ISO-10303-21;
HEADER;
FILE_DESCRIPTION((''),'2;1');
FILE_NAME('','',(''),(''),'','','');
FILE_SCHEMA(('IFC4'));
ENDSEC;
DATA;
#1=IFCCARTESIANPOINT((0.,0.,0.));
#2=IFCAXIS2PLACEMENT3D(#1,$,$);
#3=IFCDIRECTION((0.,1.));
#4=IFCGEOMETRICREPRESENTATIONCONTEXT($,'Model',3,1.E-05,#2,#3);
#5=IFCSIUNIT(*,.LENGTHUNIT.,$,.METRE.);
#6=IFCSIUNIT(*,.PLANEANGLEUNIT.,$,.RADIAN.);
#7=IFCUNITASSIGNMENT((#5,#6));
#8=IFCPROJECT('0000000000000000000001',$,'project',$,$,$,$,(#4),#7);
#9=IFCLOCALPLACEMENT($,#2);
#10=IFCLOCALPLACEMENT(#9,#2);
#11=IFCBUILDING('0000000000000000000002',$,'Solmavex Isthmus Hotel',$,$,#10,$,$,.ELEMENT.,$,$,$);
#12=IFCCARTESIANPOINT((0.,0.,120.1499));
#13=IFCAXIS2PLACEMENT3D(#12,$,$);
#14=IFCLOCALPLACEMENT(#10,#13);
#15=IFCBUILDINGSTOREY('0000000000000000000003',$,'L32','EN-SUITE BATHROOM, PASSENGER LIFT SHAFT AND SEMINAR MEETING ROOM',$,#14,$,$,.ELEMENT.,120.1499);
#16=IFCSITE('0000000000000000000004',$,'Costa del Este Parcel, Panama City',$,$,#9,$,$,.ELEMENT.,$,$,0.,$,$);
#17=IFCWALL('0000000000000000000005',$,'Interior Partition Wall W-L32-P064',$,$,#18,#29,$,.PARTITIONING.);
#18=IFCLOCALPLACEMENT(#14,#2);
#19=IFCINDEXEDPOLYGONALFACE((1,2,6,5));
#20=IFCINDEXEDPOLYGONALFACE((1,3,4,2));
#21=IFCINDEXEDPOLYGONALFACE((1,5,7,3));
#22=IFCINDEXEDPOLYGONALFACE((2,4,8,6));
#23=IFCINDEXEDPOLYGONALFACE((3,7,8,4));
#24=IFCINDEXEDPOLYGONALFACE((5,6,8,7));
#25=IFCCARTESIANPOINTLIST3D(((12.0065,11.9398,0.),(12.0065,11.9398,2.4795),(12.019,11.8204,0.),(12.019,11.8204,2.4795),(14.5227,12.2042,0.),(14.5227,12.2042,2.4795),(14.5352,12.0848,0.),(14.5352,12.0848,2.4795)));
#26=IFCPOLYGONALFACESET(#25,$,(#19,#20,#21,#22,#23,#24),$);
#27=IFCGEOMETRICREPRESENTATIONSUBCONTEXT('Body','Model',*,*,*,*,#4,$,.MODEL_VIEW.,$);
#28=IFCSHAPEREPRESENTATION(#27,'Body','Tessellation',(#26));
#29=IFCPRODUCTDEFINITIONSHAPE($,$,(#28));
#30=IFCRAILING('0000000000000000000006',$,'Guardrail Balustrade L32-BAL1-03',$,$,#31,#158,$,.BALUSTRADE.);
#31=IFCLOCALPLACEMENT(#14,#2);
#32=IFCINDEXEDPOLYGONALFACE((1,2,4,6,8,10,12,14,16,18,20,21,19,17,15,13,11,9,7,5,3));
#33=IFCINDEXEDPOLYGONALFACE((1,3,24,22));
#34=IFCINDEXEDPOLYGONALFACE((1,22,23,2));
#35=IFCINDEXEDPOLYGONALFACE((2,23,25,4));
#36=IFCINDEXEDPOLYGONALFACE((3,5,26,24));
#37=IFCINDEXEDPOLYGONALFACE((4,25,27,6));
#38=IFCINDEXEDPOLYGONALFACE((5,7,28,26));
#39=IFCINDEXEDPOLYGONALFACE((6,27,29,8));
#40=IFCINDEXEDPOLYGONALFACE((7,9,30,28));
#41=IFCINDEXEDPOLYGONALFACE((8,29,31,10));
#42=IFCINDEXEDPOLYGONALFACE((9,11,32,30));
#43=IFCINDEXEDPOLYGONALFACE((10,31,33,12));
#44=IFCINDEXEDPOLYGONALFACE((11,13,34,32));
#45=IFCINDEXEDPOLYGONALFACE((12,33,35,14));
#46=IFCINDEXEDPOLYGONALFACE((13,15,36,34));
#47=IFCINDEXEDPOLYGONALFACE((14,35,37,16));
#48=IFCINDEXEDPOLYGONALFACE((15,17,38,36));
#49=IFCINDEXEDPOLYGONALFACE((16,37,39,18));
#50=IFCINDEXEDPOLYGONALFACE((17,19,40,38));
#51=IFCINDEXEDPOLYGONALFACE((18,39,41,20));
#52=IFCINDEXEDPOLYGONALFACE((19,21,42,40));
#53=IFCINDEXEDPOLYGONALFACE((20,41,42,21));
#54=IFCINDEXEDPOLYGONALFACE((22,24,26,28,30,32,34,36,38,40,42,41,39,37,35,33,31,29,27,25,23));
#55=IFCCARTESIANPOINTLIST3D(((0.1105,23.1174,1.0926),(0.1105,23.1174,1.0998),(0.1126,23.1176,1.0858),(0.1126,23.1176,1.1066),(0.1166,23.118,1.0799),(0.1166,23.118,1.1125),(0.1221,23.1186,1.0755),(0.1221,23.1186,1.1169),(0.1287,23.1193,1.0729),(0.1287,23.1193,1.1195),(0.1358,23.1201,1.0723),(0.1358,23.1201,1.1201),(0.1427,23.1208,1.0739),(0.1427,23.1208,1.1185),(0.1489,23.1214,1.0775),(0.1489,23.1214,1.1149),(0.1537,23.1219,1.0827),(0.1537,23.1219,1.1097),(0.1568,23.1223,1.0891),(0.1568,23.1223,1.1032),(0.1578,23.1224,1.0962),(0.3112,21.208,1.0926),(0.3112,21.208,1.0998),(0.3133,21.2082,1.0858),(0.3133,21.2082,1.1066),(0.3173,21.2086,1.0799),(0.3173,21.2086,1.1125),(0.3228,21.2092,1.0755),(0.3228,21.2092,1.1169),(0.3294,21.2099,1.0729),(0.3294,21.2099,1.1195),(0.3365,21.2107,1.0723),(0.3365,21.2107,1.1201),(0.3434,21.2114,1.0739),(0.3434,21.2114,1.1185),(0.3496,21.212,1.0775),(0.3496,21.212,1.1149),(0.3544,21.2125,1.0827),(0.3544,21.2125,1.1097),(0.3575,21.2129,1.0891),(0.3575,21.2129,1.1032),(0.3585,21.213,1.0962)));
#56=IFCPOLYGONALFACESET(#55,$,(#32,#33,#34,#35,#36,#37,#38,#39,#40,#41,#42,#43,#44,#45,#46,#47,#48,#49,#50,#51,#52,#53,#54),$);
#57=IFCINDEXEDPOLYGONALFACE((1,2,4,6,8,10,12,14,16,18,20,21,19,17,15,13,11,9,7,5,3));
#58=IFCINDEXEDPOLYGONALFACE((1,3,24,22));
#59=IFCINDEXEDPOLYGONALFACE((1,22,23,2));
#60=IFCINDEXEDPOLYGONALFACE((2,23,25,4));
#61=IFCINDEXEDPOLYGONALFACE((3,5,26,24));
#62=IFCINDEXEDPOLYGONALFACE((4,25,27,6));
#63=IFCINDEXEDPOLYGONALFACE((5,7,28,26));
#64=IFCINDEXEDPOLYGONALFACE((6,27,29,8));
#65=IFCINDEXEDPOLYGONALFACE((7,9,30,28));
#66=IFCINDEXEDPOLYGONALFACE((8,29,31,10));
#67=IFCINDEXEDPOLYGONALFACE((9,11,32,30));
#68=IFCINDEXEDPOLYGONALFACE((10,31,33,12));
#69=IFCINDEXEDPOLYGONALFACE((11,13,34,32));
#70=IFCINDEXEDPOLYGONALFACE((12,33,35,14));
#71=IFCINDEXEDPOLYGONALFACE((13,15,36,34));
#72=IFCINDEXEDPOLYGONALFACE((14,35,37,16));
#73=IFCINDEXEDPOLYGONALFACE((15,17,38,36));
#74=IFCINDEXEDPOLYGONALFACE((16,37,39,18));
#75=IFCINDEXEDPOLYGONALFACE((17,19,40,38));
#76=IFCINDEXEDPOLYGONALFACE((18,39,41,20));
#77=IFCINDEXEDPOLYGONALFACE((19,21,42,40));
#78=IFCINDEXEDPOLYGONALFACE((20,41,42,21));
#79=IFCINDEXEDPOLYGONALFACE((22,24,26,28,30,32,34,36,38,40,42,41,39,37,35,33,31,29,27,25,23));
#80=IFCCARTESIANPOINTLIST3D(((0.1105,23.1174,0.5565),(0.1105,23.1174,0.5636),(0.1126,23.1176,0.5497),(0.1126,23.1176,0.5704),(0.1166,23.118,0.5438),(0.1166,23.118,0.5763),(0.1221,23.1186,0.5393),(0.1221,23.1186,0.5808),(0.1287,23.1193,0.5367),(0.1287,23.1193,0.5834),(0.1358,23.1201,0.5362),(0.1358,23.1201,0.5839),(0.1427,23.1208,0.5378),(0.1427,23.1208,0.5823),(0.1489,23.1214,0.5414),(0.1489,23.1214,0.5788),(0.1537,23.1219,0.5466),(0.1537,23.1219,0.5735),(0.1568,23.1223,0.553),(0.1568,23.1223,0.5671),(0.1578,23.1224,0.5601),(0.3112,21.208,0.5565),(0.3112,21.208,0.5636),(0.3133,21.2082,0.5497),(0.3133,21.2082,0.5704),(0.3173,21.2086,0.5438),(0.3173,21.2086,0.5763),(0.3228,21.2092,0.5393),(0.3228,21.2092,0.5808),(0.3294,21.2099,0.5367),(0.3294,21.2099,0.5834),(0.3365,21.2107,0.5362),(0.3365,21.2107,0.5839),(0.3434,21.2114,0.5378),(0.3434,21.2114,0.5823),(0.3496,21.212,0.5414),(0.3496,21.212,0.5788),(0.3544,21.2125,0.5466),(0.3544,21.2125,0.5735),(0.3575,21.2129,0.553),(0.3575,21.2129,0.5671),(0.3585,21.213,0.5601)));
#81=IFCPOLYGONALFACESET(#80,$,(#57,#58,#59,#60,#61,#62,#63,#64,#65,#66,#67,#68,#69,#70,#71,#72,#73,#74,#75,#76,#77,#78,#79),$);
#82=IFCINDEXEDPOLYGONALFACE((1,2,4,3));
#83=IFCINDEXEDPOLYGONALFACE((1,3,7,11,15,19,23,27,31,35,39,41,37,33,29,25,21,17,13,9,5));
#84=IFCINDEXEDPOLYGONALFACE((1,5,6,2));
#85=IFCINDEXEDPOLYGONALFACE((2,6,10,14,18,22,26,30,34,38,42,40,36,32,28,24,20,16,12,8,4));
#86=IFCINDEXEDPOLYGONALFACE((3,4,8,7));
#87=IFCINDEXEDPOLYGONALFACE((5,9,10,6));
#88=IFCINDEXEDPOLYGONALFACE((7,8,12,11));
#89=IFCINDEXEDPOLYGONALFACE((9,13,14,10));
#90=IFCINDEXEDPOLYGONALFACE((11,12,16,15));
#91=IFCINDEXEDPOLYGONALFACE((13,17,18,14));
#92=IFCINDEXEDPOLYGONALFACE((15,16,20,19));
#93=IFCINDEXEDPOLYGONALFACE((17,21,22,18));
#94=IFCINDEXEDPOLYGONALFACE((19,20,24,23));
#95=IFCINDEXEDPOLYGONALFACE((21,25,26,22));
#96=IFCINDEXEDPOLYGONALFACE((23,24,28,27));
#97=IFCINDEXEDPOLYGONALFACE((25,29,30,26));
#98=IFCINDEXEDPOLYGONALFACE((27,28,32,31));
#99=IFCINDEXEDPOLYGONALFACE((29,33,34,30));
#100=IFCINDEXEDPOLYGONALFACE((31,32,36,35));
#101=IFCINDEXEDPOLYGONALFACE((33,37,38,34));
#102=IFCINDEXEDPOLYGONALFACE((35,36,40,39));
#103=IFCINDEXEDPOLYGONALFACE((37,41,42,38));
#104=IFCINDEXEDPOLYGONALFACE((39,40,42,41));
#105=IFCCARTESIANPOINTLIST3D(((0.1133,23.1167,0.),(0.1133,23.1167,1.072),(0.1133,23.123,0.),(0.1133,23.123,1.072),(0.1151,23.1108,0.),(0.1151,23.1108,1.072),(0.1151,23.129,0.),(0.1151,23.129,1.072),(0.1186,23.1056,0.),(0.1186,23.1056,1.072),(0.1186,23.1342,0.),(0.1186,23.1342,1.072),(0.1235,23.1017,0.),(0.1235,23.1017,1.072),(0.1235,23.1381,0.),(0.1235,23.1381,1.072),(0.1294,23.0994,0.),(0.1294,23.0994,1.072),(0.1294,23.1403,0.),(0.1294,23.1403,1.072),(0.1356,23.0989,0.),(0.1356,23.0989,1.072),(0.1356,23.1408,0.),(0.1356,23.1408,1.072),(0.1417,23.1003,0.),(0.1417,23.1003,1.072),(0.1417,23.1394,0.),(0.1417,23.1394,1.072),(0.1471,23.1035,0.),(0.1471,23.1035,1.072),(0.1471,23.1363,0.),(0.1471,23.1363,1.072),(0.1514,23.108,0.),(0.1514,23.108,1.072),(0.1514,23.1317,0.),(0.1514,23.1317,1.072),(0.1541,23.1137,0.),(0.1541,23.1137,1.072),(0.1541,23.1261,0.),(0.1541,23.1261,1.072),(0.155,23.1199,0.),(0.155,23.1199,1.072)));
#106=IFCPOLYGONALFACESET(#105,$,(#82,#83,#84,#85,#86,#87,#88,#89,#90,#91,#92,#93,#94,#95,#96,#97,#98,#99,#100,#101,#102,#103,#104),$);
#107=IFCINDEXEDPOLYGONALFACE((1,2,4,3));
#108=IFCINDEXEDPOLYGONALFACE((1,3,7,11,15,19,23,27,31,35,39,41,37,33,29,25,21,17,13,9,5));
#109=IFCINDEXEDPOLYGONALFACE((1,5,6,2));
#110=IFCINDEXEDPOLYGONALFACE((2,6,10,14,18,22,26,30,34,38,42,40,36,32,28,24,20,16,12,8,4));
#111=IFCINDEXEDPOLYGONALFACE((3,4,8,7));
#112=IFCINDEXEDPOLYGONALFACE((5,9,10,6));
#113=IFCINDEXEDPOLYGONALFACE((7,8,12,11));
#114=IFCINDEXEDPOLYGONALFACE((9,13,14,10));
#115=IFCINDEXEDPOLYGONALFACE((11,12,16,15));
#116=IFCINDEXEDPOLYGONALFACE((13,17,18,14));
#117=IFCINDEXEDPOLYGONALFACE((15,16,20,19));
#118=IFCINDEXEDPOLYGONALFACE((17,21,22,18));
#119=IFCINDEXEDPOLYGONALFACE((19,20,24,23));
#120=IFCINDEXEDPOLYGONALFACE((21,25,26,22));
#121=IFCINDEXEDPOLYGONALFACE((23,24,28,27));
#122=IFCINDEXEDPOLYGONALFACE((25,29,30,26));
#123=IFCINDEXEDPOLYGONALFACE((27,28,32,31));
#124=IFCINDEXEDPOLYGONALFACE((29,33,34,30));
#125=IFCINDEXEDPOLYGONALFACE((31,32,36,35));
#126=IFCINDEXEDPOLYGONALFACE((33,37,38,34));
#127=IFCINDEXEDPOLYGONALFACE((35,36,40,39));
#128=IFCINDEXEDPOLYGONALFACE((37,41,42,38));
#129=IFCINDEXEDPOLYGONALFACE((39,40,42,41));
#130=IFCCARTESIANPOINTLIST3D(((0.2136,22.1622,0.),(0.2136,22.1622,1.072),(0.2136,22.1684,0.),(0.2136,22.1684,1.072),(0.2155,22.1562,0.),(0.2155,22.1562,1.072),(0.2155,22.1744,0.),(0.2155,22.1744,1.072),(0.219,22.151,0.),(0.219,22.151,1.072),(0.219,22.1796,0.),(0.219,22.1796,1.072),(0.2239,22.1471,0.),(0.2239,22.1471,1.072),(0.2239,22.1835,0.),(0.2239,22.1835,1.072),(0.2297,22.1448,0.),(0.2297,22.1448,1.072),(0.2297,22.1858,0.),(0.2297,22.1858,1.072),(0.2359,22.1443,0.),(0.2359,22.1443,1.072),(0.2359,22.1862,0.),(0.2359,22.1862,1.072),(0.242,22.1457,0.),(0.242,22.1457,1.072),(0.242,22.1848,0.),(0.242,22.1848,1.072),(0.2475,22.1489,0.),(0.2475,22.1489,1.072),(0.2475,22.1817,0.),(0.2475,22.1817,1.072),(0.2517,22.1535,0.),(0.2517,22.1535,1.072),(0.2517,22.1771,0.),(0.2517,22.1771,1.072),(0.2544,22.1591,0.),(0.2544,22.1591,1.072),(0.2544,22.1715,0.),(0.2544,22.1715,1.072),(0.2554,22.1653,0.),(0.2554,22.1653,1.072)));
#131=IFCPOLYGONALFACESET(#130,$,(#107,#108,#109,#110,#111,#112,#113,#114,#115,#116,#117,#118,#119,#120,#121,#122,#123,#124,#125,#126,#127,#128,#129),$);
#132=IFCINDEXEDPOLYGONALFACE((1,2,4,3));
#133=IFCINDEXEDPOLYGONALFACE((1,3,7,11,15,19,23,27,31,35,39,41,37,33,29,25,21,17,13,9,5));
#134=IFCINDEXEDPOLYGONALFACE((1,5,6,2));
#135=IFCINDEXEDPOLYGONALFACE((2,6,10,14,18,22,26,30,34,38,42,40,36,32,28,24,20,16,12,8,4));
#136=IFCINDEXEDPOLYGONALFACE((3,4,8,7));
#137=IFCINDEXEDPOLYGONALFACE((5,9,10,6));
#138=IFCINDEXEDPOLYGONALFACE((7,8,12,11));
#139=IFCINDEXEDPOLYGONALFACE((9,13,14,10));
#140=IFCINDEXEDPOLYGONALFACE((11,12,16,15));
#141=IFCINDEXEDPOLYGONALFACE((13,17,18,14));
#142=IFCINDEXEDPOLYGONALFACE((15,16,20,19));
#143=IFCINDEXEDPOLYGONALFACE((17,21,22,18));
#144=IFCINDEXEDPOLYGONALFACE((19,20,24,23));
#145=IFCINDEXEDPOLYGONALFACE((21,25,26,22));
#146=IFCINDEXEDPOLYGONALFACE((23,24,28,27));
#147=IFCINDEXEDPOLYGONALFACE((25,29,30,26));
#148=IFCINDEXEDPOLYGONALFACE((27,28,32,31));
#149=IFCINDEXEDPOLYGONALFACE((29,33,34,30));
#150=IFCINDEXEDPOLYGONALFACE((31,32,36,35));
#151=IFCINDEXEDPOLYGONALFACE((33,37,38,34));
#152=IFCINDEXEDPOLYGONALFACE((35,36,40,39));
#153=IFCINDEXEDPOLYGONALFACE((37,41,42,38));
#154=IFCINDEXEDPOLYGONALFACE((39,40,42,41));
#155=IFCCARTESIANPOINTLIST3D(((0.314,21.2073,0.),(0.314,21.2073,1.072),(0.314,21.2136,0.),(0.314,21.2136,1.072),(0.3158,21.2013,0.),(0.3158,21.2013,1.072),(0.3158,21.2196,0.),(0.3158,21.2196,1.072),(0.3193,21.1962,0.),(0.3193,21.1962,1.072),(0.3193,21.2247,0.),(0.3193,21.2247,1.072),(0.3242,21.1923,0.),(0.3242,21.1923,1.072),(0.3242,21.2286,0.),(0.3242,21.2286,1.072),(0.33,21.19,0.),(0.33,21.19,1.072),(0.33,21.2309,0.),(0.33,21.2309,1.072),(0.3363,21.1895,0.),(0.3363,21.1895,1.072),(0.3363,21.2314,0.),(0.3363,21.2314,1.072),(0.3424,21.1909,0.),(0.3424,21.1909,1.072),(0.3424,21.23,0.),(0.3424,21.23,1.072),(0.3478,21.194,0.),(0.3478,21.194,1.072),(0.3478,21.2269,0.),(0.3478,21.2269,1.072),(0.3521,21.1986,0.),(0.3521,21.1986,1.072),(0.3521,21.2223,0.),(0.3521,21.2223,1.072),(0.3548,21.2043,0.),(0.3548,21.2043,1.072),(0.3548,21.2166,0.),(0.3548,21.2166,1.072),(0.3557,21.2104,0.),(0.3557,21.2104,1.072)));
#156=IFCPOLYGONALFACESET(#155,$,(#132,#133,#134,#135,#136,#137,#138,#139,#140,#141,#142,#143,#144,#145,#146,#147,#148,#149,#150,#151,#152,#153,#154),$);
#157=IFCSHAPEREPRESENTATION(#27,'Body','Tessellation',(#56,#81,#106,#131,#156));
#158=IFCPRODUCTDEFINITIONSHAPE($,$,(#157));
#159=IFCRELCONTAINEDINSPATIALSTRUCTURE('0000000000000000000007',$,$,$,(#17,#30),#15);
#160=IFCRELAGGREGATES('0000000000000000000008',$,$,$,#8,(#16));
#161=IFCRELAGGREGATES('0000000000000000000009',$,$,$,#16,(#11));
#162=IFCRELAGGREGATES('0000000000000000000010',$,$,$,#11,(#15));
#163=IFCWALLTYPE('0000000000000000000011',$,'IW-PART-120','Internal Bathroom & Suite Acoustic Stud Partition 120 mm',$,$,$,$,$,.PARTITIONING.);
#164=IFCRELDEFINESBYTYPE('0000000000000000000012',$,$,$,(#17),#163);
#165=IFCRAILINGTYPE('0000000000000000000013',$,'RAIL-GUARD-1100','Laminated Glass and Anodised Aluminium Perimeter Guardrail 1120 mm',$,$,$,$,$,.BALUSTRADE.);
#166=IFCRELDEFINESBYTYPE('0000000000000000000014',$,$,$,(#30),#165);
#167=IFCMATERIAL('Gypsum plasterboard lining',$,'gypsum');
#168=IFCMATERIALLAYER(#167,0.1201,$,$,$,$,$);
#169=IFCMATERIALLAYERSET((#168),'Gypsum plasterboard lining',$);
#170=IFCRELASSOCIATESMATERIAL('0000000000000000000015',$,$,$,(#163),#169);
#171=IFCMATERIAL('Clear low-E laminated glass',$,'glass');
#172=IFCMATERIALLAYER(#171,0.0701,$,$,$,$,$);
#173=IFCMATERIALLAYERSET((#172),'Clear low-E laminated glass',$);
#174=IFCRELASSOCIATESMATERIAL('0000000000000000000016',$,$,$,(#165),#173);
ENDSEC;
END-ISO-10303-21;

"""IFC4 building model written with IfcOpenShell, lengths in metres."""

from ifc_helpers import new_model, si_unit, direction, frame, frame_2d, origin, origin_2d, place, context, subcontext, project, spatial, rectangle, circle, extrude, material, layer, layer_set, type_object, element, save


model = new_model("IFC4")

# Units and contexts
model_context = context("Model", 3, precision=1e-05, world=origin(), true_north=direction((0.0, 1.0)))
body_context = subcontext(model_context, "Body", "Model", "MODEL_VIEW")
ifc_project = project(units=[si_unit("LENGTHUNIT", "METRE"), si_unit("PLANEANGLEUNIT", "RADIAN")], contexts=[model_context])

# Site, building, storey
site_placement = place(None, origin())
site = spatial("IfcSite", under=ifc_project, at=site_placement, Name="Costa del Este Parcel, Panama City", CompositionType="ELEMENT", RefElevation=0.0)
building_placement = place(site_placement, origin())
building = spatial("IfcBuilding", under=site, at=building_placement, Name="Solmavex Isthmus Hotel", CompositionType="ELEMENT")
storey_placement = place(building_placement, frame((0.0, 0.0, 120.1499)))
storey = spatial("IfcBuildingStorey", under=building, at=storey_placement, Name="L32", Description="EN-SUITE BATHROOM, PASSENGER LIFT SHAFT AND SEMINAR MEETING ROOM", CompositionType="ELEMENT", Elevation=120.1499)

# Shared definitions
ifc_material_1 = material(Name="Clear low-E laminated glass", Category="glass")

# Wall
ifc_material_2 = material(Name="Gypsum plasterboard lining", Category="gypsum")
ifc_layer_1 = layer(ifc_material_2, 0.1201)
ifc_layer_set_1 = layer_set([ifc_layer_1], Name="Gypsum plasterboard lining")
wall_type_1 = type_object("IfcWallType", Name="IW-PART-120", Description="Internal Bathroom & Suite Acoustic Stud Partition 120 mm", PredefinedType="PARTITIONING", material=ifc_layer_set_1)
wall_1_placement = place(storey_placement, frame((14.5291, 12.1445, 0.0), z_axis=(0.0, 0.0, 1.0), x_axis=(-0.994524, -0.104509, 0.0)))
element("IfcWall", 1, at=wall_1_placement, inside=storey, type_object=wall_type_1, Name="Interior Partition Wall W-L32-P064", PredefinedType="PARTITIONING", context=body_context, shape_type="SweptSolid", body=[
    extrude(rectangle(XDim=2.53, YDim=0.1201, at=frame_2d((1.2651, 0.0))), origin(), (0.0, 0.0, 1.0), 2.4795),
])

# Railing
ifc_layer_2 = layer(ifc_material_1, 0.0701)
ifc_layer_set_2 = layer_set([ifc_layer_2], Name="Clear low-E laminated glass")
railing_type = type_object("IfcRailingType", Name="RAIL-GUARD-1100", Description="Laminated Glass and Anodised Aluminium Perimeter Guardrail 1120 mm", PredefinedType="BALUSTRADE", material=ifc_layer_set_2)
railing_1_placement = place(storey_placement, frame((0.134, 23.1199, 0.0)))
element("IfcRailing", 2, at=railing_1_placement, inside=storey, type_object=railing_type, Name="Guardrail Balustrade L32-BAL1-03", PredefinedType="BALUSTRADE", context=body_context, shape_type="SweptSolid", body=[
    extrude(circle(Radius=0.0239, at=origin_2d()), frame((0.0, 0.0, 1.0962), z_axis=(0.104526, -0.994522, 0.0), x_axis=(0.994522, 0.104526, 0.0)), (0.0, 0.0, 1.0), 1.9199),
    extrude(circle(Radius=0.0239, at=origin_2d()), frame((0.0, 0.0, 0.5601), z_axis=(0.104526, -0.994522, 0.0), x_axis=(0.994522, 0.104526, 0.0)), (0.0, 0.0, 1.0), 1.9199),
    extrude(circle(Radius=0.021, at=origin_2d()), origin(), (0.0, 0.0, 1.0), 1.072),
    extrude(circle(Radius=0.021, at=origin_2d()), frame((0.1003, -0.9546, 0.0)), (0.0, 0.0, 1.0), 1.072),
    extrude(circle(Radius=0.021, at=origin_2d()), frame((0.2007, -1.9094, 0.0)), (0.0, 0.0, 1.0), 1.072),
])

save(model, "model.ifc")
